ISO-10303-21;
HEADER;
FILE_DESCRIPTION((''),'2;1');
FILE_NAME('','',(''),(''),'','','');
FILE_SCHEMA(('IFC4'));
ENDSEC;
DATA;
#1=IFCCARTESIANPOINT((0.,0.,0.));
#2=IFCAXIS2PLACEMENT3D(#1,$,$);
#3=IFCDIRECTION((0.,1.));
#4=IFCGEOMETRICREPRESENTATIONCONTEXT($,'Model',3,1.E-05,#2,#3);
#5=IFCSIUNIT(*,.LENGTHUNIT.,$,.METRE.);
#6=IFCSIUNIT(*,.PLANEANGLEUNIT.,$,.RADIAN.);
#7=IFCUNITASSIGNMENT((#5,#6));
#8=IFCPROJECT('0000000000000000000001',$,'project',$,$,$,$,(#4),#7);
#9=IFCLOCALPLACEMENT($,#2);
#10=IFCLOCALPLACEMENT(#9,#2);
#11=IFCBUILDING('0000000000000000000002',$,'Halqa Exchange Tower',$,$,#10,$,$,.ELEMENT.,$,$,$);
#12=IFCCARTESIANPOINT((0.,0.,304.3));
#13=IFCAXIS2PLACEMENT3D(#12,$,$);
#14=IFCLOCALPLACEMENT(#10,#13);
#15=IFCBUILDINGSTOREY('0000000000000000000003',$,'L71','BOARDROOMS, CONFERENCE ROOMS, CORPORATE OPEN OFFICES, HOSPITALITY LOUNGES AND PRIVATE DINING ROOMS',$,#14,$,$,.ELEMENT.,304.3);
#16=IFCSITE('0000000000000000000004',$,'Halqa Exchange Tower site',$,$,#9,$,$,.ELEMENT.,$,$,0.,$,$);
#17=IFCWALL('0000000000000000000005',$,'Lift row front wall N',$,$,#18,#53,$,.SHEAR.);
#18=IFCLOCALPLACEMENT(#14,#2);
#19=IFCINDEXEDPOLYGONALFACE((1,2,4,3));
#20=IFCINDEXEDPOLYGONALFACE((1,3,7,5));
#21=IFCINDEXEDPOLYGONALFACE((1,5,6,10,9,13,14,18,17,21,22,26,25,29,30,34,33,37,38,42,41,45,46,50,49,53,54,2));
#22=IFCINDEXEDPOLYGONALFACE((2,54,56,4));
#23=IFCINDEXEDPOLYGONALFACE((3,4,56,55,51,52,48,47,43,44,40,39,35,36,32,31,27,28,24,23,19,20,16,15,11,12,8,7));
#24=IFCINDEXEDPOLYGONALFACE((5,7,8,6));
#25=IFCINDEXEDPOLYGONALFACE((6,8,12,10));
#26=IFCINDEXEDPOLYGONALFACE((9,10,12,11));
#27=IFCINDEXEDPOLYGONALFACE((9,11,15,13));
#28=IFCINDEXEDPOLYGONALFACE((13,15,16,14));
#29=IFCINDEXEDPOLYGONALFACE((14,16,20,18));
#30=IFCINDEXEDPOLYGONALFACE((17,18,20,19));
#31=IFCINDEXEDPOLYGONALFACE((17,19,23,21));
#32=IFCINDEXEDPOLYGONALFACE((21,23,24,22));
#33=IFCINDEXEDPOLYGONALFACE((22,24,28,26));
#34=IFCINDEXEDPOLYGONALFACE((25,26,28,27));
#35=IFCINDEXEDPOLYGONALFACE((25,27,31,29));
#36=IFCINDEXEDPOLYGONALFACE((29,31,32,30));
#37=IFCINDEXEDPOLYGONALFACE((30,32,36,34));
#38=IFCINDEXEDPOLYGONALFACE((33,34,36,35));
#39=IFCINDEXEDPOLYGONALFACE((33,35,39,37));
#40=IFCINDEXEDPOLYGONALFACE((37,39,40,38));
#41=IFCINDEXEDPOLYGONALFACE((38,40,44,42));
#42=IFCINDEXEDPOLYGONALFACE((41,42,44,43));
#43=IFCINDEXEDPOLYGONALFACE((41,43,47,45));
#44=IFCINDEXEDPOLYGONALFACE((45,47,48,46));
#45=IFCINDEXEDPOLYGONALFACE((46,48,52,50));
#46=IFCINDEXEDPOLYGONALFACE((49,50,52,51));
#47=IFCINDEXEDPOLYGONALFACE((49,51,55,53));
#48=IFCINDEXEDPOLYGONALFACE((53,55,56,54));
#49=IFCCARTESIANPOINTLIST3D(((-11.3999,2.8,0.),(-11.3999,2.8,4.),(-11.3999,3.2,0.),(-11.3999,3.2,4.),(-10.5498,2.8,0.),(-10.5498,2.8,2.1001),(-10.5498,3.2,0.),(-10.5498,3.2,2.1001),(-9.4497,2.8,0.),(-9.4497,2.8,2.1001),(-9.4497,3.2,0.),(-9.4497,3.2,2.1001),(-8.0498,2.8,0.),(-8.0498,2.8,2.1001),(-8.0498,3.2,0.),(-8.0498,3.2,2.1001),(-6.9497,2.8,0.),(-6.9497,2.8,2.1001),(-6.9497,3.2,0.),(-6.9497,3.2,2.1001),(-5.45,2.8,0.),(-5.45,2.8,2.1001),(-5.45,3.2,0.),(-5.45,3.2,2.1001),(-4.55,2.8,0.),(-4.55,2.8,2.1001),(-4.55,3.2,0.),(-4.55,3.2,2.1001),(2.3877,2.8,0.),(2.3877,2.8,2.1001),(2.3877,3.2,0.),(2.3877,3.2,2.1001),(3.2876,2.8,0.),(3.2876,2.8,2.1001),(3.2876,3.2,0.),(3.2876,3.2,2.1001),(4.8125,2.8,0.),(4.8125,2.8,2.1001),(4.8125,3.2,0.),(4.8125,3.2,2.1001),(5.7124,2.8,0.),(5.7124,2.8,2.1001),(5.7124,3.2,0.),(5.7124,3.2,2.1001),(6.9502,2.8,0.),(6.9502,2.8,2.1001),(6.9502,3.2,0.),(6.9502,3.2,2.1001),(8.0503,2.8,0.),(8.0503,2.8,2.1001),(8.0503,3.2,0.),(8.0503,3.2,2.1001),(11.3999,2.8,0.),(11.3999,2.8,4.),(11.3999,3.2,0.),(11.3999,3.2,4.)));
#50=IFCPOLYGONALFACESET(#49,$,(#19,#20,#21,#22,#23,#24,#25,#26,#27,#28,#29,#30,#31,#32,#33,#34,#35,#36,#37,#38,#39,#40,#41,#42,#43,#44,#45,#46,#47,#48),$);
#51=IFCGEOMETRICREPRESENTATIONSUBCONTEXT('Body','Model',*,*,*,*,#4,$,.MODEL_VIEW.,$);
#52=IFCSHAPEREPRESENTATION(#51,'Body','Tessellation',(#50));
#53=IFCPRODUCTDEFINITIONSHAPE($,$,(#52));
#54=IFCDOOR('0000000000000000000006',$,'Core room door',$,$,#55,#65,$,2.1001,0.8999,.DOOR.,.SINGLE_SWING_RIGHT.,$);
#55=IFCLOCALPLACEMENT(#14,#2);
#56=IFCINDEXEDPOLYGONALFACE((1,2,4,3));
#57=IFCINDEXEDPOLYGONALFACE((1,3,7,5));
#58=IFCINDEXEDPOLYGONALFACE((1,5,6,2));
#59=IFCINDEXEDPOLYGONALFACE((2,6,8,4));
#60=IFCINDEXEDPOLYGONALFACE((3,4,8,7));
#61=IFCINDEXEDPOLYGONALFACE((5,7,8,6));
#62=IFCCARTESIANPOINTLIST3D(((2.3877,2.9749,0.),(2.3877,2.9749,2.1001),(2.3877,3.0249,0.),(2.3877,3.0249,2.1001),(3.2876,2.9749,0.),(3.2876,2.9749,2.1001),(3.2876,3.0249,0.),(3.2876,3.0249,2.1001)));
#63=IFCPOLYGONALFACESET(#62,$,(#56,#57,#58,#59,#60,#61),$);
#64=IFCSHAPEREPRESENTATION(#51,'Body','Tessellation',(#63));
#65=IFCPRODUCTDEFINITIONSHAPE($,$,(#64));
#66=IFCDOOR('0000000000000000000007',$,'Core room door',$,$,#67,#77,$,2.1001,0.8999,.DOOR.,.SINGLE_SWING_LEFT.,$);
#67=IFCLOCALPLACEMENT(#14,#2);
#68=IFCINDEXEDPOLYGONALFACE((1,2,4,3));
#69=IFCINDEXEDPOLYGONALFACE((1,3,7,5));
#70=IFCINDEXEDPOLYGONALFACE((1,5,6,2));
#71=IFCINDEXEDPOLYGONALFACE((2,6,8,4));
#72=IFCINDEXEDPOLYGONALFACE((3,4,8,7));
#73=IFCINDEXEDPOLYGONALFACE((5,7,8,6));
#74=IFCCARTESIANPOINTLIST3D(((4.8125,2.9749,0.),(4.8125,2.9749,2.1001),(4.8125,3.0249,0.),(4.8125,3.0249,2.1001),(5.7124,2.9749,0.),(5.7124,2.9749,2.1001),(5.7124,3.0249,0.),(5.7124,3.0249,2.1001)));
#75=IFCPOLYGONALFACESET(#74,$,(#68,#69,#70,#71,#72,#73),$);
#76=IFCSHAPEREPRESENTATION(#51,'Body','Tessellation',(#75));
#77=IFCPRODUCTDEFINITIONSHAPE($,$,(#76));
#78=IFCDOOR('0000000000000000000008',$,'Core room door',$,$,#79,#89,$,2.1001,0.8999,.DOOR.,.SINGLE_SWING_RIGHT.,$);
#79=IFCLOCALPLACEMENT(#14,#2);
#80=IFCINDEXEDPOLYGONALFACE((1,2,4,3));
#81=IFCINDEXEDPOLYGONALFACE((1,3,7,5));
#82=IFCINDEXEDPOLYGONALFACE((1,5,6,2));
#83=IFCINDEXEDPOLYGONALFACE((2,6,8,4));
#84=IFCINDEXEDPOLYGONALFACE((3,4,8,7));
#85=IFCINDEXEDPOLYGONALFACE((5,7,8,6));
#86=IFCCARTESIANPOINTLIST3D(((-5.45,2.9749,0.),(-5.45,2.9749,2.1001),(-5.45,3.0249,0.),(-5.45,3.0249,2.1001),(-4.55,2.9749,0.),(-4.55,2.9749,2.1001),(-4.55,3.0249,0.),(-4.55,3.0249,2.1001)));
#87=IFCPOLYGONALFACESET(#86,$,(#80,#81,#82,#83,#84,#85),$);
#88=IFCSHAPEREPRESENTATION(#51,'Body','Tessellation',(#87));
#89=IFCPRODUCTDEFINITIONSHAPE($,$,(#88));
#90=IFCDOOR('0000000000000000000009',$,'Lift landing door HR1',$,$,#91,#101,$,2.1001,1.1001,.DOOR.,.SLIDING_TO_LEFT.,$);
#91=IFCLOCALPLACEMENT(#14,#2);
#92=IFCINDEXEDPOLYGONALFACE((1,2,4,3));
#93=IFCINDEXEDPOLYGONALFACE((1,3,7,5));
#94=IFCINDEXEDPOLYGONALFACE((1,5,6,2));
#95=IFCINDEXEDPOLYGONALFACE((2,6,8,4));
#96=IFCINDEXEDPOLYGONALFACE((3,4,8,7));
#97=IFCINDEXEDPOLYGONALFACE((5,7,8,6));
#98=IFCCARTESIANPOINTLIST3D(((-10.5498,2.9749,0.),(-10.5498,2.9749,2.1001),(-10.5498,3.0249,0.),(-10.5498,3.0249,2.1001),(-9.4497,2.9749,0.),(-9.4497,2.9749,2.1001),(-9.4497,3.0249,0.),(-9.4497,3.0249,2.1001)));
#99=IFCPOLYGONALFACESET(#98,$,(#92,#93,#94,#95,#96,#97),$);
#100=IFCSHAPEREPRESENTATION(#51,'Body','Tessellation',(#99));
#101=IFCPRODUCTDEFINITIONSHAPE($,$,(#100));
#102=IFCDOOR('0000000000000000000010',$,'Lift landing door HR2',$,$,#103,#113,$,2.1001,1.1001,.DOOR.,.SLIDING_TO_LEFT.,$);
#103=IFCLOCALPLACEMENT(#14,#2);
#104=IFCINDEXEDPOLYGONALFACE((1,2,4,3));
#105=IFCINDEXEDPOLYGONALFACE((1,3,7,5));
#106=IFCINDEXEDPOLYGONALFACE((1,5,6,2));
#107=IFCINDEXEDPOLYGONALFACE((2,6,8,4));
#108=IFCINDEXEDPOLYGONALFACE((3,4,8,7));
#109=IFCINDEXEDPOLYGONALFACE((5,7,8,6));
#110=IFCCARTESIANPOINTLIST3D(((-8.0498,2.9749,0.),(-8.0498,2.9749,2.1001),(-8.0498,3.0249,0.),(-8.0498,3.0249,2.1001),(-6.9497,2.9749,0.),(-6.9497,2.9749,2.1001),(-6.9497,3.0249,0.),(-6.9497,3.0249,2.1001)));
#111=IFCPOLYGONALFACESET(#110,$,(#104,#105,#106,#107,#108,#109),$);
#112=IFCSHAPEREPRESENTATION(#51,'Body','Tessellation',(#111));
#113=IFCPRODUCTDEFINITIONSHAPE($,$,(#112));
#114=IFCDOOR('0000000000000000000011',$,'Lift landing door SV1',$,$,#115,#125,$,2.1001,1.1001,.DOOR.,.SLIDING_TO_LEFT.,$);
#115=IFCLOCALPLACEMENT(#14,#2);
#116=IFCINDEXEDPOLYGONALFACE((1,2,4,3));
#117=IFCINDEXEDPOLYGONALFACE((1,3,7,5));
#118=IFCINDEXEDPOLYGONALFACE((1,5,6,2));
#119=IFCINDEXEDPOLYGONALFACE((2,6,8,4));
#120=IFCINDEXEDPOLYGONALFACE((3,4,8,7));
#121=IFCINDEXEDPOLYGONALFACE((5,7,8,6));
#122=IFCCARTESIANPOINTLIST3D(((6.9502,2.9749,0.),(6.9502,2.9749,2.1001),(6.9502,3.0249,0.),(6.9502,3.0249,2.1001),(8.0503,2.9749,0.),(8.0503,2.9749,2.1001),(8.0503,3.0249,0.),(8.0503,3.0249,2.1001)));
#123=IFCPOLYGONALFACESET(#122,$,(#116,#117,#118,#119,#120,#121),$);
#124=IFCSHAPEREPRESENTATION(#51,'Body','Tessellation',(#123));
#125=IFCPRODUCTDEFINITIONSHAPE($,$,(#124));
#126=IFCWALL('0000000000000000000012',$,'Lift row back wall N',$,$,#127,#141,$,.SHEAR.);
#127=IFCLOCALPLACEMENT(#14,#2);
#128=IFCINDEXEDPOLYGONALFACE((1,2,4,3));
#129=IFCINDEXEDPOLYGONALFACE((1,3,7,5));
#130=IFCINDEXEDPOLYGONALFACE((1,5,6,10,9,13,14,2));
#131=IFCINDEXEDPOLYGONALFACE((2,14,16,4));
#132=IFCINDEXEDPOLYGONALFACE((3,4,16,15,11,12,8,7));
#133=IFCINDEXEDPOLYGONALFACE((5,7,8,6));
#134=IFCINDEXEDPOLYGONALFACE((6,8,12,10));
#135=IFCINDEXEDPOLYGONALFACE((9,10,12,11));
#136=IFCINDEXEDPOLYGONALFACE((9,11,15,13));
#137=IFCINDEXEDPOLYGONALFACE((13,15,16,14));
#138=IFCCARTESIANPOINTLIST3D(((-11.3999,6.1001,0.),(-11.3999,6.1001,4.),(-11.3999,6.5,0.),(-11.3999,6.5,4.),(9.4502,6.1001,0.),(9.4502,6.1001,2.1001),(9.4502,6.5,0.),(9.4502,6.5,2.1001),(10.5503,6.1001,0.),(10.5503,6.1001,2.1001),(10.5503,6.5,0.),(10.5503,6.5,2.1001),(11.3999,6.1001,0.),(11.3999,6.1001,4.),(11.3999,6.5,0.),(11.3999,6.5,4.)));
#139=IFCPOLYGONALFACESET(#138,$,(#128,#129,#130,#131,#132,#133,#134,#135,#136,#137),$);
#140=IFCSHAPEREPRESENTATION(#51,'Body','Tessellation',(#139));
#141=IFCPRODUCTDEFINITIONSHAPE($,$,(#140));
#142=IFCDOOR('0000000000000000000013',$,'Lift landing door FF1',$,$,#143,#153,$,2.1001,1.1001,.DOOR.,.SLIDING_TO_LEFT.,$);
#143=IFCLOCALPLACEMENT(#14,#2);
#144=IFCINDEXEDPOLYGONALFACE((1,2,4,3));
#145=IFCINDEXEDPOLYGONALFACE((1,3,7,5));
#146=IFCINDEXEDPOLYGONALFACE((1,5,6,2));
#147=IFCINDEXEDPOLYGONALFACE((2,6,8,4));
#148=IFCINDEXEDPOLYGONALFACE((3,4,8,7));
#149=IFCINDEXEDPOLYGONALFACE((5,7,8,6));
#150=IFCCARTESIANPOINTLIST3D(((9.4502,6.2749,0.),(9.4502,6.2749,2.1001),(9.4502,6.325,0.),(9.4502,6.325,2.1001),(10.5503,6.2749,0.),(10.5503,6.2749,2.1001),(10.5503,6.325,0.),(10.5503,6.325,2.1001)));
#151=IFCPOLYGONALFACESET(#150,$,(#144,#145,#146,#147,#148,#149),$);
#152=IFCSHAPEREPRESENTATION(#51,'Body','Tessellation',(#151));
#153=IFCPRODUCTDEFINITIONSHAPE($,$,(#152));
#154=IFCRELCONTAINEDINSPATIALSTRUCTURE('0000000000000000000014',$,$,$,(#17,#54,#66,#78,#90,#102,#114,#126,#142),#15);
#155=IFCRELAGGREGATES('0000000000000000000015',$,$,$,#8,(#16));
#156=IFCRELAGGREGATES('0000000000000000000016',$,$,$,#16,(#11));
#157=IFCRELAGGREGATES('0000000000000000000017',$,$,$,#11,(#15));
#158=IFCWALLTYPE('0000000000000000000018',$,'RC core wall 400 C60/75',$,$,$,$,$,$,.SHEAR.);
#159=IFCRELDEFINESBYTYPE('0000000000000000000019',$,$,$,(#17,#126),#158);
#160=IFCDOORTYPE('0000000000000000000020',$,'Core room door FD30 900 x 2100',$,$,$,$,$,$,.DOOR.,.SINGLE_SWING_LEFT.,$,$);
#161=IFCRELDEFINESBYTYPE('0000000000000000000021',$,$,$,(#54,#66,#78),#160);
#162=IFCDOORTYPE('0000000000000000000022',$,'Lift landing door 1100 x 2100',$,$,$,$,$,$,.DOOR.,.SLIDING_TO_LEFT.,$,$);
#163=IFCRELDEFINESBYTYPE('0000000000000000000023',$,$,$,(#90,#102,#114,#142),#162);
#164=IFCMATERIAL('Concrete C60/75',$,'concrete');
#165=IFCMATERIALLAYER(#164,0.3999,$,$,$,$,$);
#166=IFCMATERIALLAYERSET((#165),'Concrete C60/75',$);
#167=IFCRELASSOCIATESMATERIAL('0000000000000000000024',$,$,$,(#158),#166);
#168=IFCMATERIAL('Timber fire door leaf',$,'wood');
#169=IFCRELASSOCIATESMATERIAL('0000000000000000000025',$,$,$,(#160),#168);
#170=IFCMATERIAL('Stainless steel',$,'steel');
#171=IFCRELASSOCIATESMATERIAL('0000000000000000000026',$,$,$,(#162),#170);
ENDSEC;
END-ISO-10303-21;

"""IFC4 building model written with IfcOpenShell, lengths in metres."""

from ifc_helpers import new_model, si_unit, direction, frame, frame_2d, origin, place, context, subcontext, project, spatial, rectangle, extrude, material, layer, layer_set, type_object, element, fill, save


model = new_model("IFC4")

# Units and contexts
model_context = context("Model", 3, precision=1e-05, world=origin(), true_north=direction((0.0, 1.0)))
body_context = subcontext(model_context, "Body", "Model", "MODEL_VIEW")
ifc_project = project(units=[si_unit("LENGTHUNIT", "METRE"), si_unit("PLANEANGLEUNIT", "RADIAN")], contexts=[model_context])

# Site, building, storey
site_placement = place(None, origin())
site = spatial("IfcSite", under=ifc_project, at=site_placement, Name="Halqa Exchange Tower site", CompositionType="ELEMENT", RefElevation=0.0)
building_placement = place(site_placement, origin())
building = spatial("IfcBuilding", under=site, at=building_placement, Name="Halqa Exchange Tower", CompositionType="ELEMENT")
storey_placement = place(building_placement, frame((0.0, 0.0, 304.3)))
storey = spatial("IfcBuildingStorey", under=building, at=storey_placement, Name="L71", Description="BOARDROOMS, CONFERENCE ROOMS, CORPORATE OPEN OFFICES, HOSPITALITY LOUNGES AND PRIVATE DINING ROOMS", CompositionType="ELEMENT", Elevation=304.3)

# Shared definitions
ifc_material_1 = material(Name="Concrete C60/75", Category="concrete")

# Wall, openings, doors
ifc_layer_1 = layer(ifc_material_1, 0.3999)
ifc_layer_set_1 = layer_set([ifc_layer_1], Name="Concrete C60/75")
wall_type_1 = type_object("IfcWallType", Name="RC core wall 400 C60/75", PredefinedType="SHEAR", material=ifc_layer_set_1)
wall_1_placement = place(storey_placement, frame((-11.3999, 3.0, 0.0), z_axis=(0.0, 0.0, 1.0), x_axis=(1.0, 0.0, 0.0)))
wall_1 = element("IfcWall", 1, at=wall_1_placement, inside=storey, type_object=wall_type_1, Name="Lift row front wall N", PredefinedType="SHEAR", context=body_context, shape_type="SweptSolid", body=[
    extrude(rectangle(XDim=22.7998, YDim=0.3999, at=frame_2d((11.3999, 0.0))), origin(), (0.0, 0.0, 1.0), 4.0),
])
opening_1_placement = place(wall_1_placement, frame((0.8501, 0.0, 0.0)))
opening_1 = element("IfcOpeningElement", 2, at=opening_1_placement, cuts=wall_1, PredefinedType="OPENING", context=body_context, shape_type="SweptSolid", body=[
    extrude(rectangle(XDim=1.1001, YDim=2.1001, at=frame_2d((0.55, 1.05))), frame((0.0, 0.2119, 0.0), z_axis=(0.0, -1.0, 0.0), x_axis=(1.0, 0.0, 0.0)), (0.0, 0.0, 1.0), 0.4238),
])
opening_2_placement = place(wall_1_placement, frame((3.3501, 0.0, 0.0)))
opening_2 = element("IfcOpeningElement", 3, at=opening_2_placement, cuts=wall_1, PredefinedType="OPENING", context=body_context, shape_type="SweptSolid", body=[
    extrude(rectangle(XDim=1.1001, YDim=2.1001, at=frame_2d((0.55, 1.05))), frame((0.0, 0.2119, 0.0), z_axis=(0.0, -1.0, 0.0), x_axis=(1.0, 0.0, 0.0)), (0.0, 0.0, 1.0), 0.4238),
])
opening_3_placement = place(wall_1_placement, frame((18.3501, 0.0, 0.0)))
opening_3 = element("IfcOpeningElement", 4, at=opening_3_placement, cuts=wall_1, PredefinedType="OPENING", context=body_context, shape_type="SweptSolid", body=[
    extrude(rectangle(XDim=1.1001, YDim=2.1001, at=frame_2d((0.55, 1.05))), frame((0.0, 0.2119, 0.0), z_axis=(0.0, -1.0, 0.0), x_axis=(1.0, 0.0, 0.0)), (0.0, 0.0, 1.0), 0.4238),
])
opening_4_placement = place(wall_1_placement, frame((13.7876, 0.0, 0.0)))
opening_4 = element("IfcOpeningElement", 5, at=opening_4_placement, cuts=wall_1, PredefinedType="OPENING", context=body_context, shape_type="SweptSolid", body=[
    extrude(rectangle(XDim=0.8999, YDim=2.1001, at=frame_2d((0.45, 1.05))), frame((0.0, 0.2119, 0.0), z_axis=(0.0, -1.0, 0.0), x_axis=(1.0, 0.0, 0.0)), (0.0, 0.0, 1.0), 0.4238),
])
opening_5_placement = place(wall_1_placement, frame((16.2124, 0.0, 0.0)))
opening_5 = element("IfcOpeningElement", 6, at=opening_5_placement, cuts=wall_1, PredefinedType="OPENING", context=body_context, shape_type="SweptSolid", body=[
    extrude(rectangle(XDim=0.8999, YDim=2.1001, at=frame_2d((0.45, 1.05))), frame((0.0, 0.2119, 0.0), z_axis=(0.0, -1.0, 0.0), x_axis=(1.0, 0.0, 0.0)), (0.0, 0.0, 1.0), 0.4238),
])
opening_6_placement = place(wall_1_placement, frame((5.95, 0.0, 0.0)))
opening_6 = element("IfcOpeningElement", 7, at=opening_6_placement, cuts=wall_1, PredefinedType="OPENING", context=body_context, shape_type="SweptSolid", body=[
    extrude(rectangle(XDim=0.8999, YDim=2.1001, at=frame_2d((0.45, 1.05))), frame((0.0, 0.2119, 0.0), z_axis=(0.0, -1.0, 0.0), x_axis=(1.0, 0.0, 0.0)), (0.0, 0.0, 1.0), 0.4238),
])
ifc_material_2 = material(Name="Timber fire door leaf", Category="wood")
door_type_1 = type_object("IfcDoorType", Name="Core room door FD30 900 x 2100", OperationType="SINGLE_SWING_LEFT", PredefinedType="DOOR", material=ifc_material_2)
door_1_placement = place(opening_4_placement, origin())
door_1 = element("IfcDoor", 8, at=door_1_placement, inside=storey, type_object=door_type_1, Name="Core room door", OperationType="SINGLE_SWING_RIGHT", OverallHeight=2.1001, OverallWidth=0.8999, PredefinedType="DOOR", context=body_context, shape_type="SweptSolid", body=[
    extrude(rectangle(XDim=0.8999, YDim=2.1001, at=frame_2d((0.45, 1.05))), frame((0.0, 0.0249, 0.0), z_axis=(0.0, -1.0, 0.0), x_axis=(1.0, 0.0, 0.0)), (0.0, 0.0, 1.0), 0.05),
])
fill(opening_4, door_1)
door_2_placement = place(opening_5_placement, origin())
door_2 = element("IfcDoor", 9, at=door_2_placement, inside=storey, type_object=door_type_1, Name="Core room door", OperationType="SINGLE_SWING_LEFT", OverallHeight=2.1001, OverallWidth=0.8999, PredefinedType="DOOR", context=body_context, shape_type="SweptSolid", body=[
    extrude(rectangle(XDim=0.8999, YDim=2.1001, at=frame_2d((0.45, 1.05))), frame((0.0, 0.0249, 0.0), z_axis=(0.0, -1.0, 0.0), x_axis=(1.0, 0.0, 0.0)), (0.0, 0.0, 1.0), 0.05),
])
fill(opening_5, door_2)
door_3_placement = place(opening_6_placement, origin())
door_3 = element("IfcDoor", 10, at=door_3_placement, inside=storey, type_object=door_type_1, Name="Core room door", OperationType="SINGLE_SWING_RIGHT", OverallHeight=2.1001, OverallWidth=0.8999, PredefinedType="DOOR", context=body_context, shape_type="SweptSolid", body=[
    extrude(rectangle(XDim=0.8999, YDim=2.1001, at=frame_2d((0.45, 1.05))), frame((0.0, 0.0249, 0.0), z_axis=(0.0, -1.0, 0.0), x_axis=(1.0, 0.0, 0.0)), (0.0, 0.0, 1.0), 0.05),
])
fill(opening_6, door_3)
ifc_material_3 = material(Name="Stainless steel", Category="steel")
door_type_2 = type_object("IfcDoorType", Name="Lift landing door 1100 x 2100", OperationType="SLIDING_TO_LEFT", PredefinedType="DOOR", material=ifc_material_3)
door_4_placement = place(opening_1_placement, origin())
door_4 = element("IfcDoor", 11, at=door_4_placement, inside=storey, type_object=door_type_2, Name="Lift landing door HR1", OperationType="SLIDING_TO_LEFT", OverallHeight=2.1001, OverallWidth=1.1001, PredefinedType="DOOR", context=body_context, shape_type="SweptSolid", body=[
    extrude(rectangle(XDim=1.1001, YDim=2.1001, at=frame_2d((0.55, 1.05))), frame((0.0, 0.0249, 0.0), z_axis=(0.0, -1.0, 0.0), x_axis=(1.0, 0.0, 0.0)), (0.0, 0.0, 1.0), 0.05),
])
fill(opening_1, door_4)
door_5_placement = place(opening_2_placement, origin())
door_5 = element("IfcDoor", 12, at=door_5_placement, inside=storey, type_object=door_type_2, Name="Lift landing door HR2", OperationType="SLIDING_TO_LEFT", OverallHeight=2.1001, OverallWidth=1.1001, PredefinedType="DOOR", context=body_context, shape_type="SweptSolid", body=[
    extrude(rectangle(XDim=1.1001, YDim=2.1001, at=frame_2d((0.55, 1.05))), frame((0.0, 0.0249, 0.0), z_axis=(0.0, -1.0, 0.0), x_axis=(1.0, 0.0, 0.0)), (0.0, 0.0, 1.0), 0.05),
])
fill(opening_2, door_5)
door_6_placement = place(opening_3_placement, origin())
door_6 = element("IfcDoor", 13, at=door_6_placement, inside=storey, type_object=door_type_2, Name="Lift landing door SV1", OperationType="SLIDING_TO_LEFT", OverallHeight=2.1001, OverallWidth=1.1001, PredefinedType="DOOR", context=body_context, shape_type="SweptSolid", body=[
    extrude(rectangle(XDim=1.1001, YDim=2.1001, at=frame_2d((0.55, 1.05))), frame((0.0, 0.0249, 0.0), z_axis=(0.0, -1.0, 0.0), x_axis=(1.0, 0.0, 0.0)), (0.0, 0.0, 1.0), 0.05),
])
fill(opening_3, door_6)

# Wall, opening, door
wall_2_placement = place(storey_placement, frame((-11.3999, 6.3, 0.0), z_axis=(0.0, 0.0, 1.0), x_axis=(1.0, 0.0, 0.0)))
wall_2 = element("IfcWall", 14, at=wall_2_placement, inside=storey, type_object=wall_type_1, Name="Lift row back wall N", PredefinedType="SHEAR", context=body_context, shape_type="SweptSolid", body=[
    extrude(rectangle(XDim=22.7998, YDim=0.3999, at=frame_2d((11.3999, 0.0))), origin(), (0.0, 0.0, 1.0), 4.0),
])
opening_7_placement = place(wall_2_placement, frame((20.8501, 0.0, 0.0)))
opening_7 = element("IfcOpeningElement", 15, at=opening_7_placement, cuts=wall_2, PredefinedType="OPENING", context=body_context, shape_type="SweptSolid", body=[
    extrude(rectangle(XDim=1.1001, YDim=2.1001, at=frame_2d((0.55, 1.05))), frame((0.0, 0.2119, 0.0), z_axis=(0.0, -1.0, 0.0), x_axis=(1.0, 0.0, 0.0)), (0.0, 0.0, 1.0), 0.4238),
])
door_7_placement = place(opening_7_placement, origin())
door_7 = element("IfcDoor", 16, at=door_7_placement, inside=storey, type_object=door_type_2, Name="Lift landing door FF1", OperationType="SLIDING_TO_LEFT", OverallHeight=2.1001, OverallWidth=1.1001, PredefinedType="DOOR", context=body_context, shape_type="SweptSolid", body=[
    extrude(rectangle(XDim=1.1001, YDim=2.1001, at=frame_2d((0.55, 1.05))), frame((0.0, 0.0249, 0.0), z_axis=(0.0, -1.0, 0.0), x_axis=(1.0, 0.0, 0.0)), (0.0, 0.0, 1.0), 0.05),
])
fill(opening_7, door_7)

save(model, "model.ifc")
